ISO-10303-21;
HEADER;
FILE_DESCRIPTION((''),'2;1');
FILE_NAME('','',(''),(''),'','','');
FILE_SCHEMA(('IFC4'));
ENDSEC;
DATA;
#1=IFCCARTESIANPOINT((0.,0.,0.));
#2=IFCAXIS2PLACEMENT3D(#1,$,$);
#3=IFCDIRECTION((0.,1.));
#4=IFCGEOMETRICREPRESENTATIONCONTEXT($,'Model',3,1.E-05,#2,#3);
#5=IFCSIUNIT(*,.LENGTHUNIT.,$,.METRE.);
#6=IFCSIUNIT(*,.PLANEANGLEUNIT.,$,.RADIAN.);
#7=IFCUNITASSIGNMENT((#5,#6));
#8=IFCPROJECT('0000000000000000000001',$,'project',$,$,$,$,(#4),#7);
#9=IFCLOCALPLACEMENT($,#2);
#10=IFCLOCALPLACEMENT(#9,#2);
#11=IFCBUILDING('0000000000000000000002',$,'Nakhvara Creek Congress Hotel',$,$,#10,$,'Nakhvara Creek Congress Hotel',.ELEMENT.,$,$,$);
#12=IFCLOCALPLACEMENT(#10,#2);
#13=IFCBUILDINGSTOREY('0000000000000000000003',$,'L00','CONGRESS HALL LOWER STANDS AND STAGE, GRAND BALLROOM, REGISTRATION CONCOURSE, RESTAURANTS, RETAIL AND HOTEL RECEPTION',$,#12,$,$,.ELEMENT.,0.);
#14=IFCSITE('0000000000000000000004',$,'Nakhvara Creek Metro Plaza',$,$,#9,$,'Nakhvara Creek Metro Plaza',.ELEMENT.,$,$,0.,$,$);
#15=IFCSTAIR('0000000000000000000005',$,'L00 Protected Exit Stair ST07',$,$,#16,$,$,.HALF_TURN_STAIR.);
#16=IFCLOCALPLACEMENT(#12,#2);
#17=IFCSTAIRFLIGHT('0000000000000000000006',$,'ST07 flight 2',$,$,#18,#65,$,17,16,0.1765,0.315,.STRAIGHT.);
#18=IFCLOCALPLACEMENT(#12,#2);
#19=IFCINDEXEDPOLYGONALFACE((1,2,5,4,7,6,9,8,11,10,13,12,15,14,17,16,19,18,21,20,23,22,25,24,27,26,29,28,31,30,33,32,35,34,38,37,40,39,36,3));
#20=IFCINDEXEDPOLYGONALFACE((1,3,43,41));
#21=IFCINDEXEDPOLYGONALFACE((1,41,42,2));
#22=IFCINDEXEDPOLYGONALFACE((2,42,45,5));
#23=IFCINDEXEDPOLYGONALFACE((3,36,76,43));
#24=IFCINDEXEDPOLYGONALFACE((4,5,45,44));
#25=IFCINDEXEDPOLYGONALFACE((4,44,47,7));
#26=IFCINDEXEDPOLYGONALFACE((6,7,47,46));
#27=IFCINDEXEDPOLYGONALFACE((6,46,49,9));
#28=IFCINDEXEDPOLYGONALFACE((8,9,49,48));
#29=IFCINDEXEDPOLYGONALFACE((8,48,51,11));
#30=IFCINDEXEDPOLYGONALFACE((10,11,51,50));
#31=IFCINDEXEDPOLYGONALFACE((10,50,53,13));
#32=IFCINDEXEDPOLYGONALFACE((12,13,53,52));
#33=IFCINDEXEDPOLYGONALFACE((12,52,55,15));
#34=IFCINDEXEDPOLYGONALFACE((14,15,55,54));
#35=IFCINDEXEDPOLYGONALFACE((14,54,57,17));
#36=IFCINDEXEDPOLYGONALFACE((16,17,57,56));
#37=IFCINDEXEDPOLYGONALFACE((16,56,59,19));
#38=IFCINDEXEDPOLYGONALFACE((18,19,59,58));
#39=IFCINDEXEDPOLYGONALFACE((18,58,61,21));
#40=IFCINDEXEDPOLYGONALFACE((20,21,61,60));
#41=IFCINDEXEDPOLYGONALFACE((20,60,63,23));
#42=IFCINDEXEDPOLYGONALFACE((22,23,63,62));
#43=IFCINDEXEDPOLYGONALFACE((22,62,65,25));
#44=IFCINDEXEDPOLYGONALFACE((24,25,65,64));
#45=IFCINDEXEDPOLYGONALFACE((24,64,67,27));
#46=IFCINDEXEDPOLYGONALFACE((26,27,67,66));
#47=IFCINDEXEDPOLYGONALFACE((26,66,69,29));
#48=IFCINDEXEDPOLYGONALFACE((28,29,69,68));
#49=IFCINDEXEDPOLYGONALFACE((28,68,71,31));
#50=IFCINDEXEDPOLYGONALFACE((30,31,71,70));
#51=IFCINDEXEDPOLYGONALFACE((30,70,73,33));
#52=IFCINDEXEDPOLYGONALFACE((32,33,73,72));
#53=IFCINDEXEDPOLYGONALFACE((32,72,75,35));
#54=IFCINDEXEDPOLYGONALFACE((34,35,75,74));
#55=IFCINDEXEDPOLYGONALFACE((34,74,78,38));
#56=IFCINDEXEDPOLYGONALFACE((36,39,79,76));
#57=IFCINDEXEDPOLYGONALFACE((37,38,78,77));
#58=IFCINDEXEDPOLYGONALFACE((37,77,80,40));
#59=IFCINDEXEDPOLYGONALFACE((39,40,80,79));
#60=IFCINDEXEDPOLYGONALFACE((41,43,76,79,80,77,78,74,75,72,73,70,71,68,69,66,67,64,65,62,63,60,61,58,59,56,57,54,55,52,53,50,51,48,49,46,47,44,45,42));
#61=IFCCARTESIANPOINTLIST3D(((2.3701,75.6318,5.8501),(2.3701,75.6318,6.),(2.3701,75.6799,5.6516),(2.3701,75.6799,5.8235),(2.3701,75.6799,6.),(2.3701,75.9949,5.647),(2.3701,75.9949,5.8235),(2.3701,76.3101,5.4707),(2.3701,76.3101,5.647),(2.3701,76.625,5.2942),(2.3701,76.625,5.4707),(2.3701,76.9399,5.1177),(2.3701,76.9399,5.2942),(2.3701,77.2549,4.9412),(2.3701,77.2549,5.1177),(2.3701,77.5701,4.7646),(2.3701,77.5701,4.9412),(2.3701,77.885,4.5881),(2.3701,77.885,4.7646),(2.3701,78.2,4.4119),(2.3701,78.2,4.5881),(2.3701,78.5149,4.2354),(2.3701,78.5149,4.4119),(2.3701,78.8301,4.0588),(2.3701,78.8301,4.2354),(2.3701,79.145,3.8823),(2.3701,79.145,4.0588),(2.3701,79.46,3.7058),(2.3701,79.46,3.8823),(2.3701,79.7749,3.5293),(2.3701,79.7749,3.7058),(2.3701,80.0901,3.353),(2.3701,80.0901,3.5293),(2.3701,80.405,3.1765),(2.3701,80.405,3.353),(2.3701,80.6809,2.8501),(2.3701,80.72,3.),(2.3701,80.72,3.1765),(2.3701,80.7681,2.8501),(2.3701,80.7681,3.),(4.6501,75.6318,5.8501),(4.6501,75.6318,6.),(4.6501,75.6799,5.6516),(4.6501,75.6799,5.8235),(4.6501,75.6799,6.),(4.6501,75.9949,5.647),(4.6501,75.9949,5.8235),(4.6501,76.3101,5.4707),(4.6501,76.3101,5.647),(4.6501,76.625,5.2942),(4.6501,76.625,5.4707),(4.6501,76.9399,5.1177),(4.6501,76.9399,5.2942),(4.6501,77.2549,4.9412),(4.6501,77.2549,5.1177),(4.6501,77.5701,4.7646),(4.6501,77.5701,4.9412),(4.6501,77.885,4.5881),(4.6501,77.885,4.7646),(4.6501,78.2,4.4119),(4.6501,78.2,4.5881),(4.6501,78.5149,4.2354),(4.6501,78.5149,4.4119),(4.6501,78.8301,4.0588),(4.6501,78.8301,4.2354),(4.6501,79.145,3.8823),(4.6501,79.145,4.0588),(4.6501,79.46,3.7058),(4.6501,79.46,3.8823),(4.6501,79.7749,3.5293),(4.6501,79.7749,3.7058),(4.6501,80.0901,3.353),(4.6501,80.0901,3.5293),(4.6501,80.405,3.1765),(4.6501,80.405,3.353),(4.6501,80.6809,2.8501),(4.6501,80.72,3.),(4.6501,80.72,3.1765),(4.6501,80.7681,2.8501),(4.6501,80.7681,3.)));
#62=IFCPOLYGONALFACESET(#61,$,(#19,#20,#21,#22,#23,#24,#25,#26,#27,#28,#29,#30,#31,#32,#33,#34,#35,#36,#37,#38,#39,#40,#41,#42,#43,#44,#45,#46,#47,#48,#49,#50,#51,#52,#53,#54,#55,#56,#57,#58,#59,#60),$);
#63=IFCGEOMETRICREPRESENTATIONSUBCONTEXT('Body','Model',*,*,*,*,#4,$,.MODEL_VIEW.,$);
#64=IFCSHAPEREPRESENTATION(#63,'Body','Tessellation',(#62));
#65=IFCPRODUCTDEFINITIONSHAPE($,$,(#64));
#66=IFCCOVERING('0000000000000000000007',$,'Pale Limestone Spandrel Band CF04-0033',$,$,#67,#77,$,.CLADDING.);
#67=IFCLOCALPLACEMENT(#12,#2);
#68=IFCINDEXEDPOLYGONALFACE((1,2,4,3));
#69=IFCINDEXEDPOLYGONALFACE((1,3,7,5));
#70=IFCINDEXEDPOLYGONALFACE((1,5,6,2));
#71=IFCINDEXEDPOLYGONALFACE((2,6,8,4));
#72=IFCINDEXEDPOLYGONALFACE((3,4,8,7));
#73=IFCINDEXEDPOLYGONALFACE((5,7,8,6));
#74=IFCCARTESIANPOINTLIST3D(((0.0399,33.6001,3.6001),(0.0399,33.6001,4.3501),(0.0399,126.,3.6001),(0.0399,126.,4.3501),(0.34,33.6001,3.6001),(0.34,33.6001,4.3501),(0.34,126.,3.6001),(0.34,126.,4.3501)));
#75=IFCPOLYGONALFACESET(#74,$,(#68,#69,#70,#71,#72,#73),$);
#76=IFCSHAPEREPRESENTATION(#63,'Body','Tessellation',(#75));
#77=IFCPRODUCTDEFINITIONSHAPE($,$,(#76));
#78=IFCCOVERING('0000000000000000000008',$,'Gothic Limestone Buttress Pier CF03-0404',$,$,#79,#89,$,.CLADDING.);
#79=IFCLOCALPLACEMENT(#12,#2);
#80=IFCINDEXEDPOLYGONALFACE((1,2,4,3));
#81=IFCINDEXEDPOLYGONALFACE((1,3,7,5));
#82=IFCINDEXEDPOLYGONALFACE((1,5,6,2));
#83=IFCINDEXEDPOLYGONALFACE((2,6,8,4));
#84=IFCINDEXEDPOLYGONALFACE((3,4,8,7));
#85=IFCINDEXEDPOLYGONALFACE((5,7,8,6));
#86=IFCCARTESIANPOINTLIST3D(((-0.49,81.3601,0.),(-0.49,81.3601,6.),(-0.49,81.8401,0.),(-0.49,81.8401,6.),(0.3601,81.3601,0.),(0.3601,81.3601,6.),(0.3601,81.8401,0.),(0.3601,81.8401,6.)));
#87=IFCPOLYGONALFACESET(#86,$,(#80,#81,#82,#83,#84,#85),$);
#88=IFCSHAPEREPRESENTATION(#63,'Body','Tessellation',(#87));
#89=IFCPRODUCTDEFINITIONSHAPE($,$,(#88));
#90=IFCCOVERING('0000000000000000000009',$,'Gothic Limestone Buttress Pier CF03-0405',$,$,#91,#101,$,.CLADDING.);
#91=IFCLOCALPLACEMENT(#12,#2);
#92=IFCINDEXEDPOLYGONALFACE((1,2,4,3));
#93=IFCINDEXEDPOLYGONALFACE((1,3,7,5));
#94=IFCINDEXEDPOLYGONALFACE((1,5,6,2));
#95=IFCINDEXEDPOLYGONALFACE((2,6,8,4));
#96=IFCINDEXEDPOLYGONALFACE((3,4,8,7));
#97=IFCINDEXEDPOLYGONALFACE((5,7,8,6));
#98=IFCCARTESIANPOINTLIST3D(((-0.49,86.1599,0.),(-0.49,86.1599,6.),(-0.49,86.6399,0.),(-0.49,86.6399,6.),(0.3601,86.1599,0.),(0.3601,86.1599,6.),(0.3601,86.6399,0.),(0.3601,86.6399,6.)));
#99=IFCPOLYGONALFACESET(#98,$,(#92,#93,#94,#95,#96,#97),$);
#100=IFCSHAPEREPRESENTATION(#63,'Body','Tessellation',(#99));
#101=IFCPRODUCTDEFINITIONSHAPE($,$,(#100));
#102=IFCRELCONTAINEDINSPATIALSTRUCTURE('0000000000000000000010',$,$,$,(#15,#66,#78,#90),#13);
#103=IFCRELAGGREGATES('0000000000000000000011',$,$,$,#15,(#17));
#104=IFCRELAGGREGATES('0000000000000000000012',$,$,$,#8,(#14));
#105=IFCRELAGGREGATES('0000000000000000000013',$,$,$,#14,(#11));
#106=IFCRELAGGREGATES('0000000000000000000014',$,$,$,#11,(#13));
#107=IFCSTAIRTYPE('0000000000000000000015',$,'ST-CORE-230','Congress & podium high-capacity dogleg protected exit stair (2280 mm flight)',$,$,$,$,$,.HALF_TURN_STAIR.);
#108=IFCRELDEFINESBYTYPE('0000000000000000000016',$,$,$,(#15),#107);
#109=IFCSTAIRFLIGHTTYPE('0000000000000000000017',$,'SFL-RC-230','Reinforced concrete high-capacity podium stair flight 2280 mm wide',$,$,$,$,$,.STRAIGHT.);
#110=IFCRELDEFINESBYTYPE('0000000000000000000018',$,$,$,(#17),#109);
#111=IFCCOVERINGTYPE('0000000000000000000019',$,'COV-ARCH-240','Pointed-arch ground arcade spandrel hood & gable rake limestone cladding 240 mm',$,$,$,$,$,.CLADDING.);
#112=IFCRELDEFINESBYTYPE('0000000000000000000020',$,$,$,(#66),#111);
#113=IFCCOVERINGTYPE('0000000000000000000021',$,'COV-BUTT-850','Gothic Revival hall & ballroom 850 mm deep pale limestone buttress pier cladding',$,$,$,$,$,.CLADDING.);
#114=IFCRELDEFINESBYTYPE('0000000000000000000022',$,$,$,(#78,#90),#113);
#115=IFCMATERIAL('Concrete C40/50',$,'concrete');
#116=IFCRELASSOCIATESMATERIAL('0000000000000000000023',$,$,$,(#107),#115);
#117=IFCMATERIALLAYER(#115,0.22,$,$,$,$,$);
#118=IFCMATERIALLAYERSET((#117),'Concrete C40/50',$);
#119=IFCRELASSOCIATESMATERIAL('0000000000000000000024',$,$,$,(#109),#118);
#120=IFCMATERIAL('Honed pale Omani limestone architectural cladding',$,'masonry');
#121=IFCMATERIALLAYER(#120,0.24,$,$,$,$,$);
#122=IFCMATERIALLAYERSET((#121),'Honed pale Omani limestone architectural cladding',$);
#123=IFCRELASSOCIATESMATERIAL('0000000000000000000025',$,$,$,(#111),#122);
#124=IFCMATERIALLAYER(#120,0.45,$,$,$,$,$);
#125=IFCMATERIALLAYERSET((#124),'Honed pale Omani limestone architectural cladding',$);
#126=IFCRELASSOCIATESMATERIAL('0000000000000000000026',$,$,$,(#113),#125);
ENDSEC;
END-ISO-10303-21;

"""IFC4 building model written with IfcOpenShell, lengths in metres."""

from ifc_helpers import new_model, si_unit, direction, frame, origin, origin_2d, place, context, subcontext, project, spatial, polyline, rectangle, outline, extrude, material, layer, layer_set, type_object, element, aggregate, save


model = new_model("IFC4")

# Units and contexts
model_context = context("Model", 3, precision=1e-05, world=origin(), true_north=direction((0.0, 1.0)))
body_context = subcontext(model_context, "Body", "Model", "MODEL_VIEW")
ifc_project = project(units=[si_unit("LENGTHUNIT", "METRE"), si_unit("PLANEANGLEUNIT", "RADIAN")], contexts=[model_context])

# Site, building, storey
site_placement = place(None, origin())
site = spatial("IfcSite", under=ifc_project, at=site_placement, Name="Nakhvara Creek Metro Plaza", LongName="Nakhvara Creek Metro Plaza", CompositionType="ELEMENT", RefElevation=0.0)
building_placement = place(site_placement, origin())
building = spatial("IfcBuilding", under=site, at=building_placement, Name="Nakhvara Creek Congress Hotel", LongName="Nakhvara Creek Congress Hotel", CompositionType="ELEMENT")
storey_placement = place(building_placement, origin())
storey = spatial("IfcBuildingStorey", under=building, at=storey_placement, Name="L00", Description="CONGRESS HALL LOWER STANDS AND STAGE, GRAND BALLROOM, REGISTRATION CONCOURSE, RESTAURANTS, RETAIL AND HOTEL RECEPTION", CompositionType="ELEMENT", Elevation=0.0)

# Shared definitions
ifc_material_1 = material(Name="Concrete C40/50", Category="concrete")

# Stair, stair flight
stair_type = type_object("IfcStairType", Name="ST-CORE-230", Description="Congress & podium high-capacity dogleg protected exit stair (2280 mm flight)", PredefinedType="HALF_TURN_STAIR", material=ifc_material_1)
stair_placement = place(storey_placement, origin())
stair = element("IfcStair", 1, at=stair_placement, inside=storey, type_object=stair_type, Name="L00 Protected Exit Stair ST07", PredefinedType="HALF_TURN_STAIR")
ifc_layer_1 = layer(ifc_material_1, 0.22)
ifc_layer_set_1 = layer_set([ifc_layer_1], Name="Concrete C40/50")
stair_flight_type = type_object("IfcStairFlightType", Name="SFL-RC-230", Description="Reinforced concrete high-capacity podium stair flight 2280 mm wide", PredefinedType="STRAIGHT", material=ifc_layer_set_1)
stair_flight_placement = place(storey_placement, frame((3.51, 80.72, 3.0), z_axis=(0.0, 0.0, 1.0), x_axis=(0.0, -1.0, 0.0)))
stair_flight = element("IfcStairFlight", 2, at=stair_flight_placement, type_object=stair_flight_type, Name="ST07 flight 2", NumberOfRisers=17, NumberOfTreads=16, PredefinedType="STRAIGHT", RiserHeight=0.1765, TreadLength=0.315, context=body_context, shape_type="SweptSolid", body=[
    extrude(outline(polyline([(-0.0481, 0.0), (0.0, 0.0), (0.0, 0.1765), (0.3149, 0.1765), (0.3149, 0.353), (0.6299, 0.353), (0.6299, 0.5293), (0.9451, 0.5293), (0.9451, 0.7058), (1.26, 0.7058), (1.26, 0.8823), (1.575, 0.8823), (1.575, 1.0588), (1.8899, 1.0588), (1.8899, 1.2354), (2.2051, 1.2354), (2.2051, 1.4119), (2.52, 1.4119), (2.52, 1.5881), (2.835, 1.5881), (2.835, 1.7646), (3.1499, 1.7646), (3.1499, 1.9412), (3.4651, 1.9412), (3.4651, 2.1177), (3.78, 2.1177), (3.78, 2.2942), (4.095, 2.2942), (4.095, 2.4707), (4.4099, 2.4707), (4.4099, 2.647), (4.7251, 2.647), (4.7251, 2.8235), (5.04, 2.8235), (5.04, 3.0), (5.0881, 3.0), (5.0881, 2.8501), (5.04, 2.6516), (0.0391, -0.1499), (-0.0481, -0.1499), (-0.0481, 0.0)])), frame((0.0, 1.1401, 0.0), z_axis=(0.0, -1.0, 0.0), x_axis=(1.0, 0.0, 0.0)), (0.0, 0.0, 1.0), 2.28),
])
aggregate(stair, [stair_flight])

# Coverings
ifc_material_2 = material(Name="Honed pale Omani limestone architectural cladding", Category="masonry")
ifc_layer_2 = layer(ifc_material_2, 0.24)
ifc_layer_set_2 = layer_set([ifc_layer_2], Name="Honed pale Omani limestone architectural cladding")
covering_type_1 = type_object("IfcCoveringType", Name="COV-ARCH-240", Description="Pointed-arch ground arcade spandrel hood & gable rake limestone cladding 240 mm", PredefinedType="CLADDING", material=ifc_layer_set_2)
covering_placement = place(storey_placement, frame((0.1899, 79.8, 3.6001), z_axis=(0.0, 0.0, 1.0), x_axis=(0.0, 1.0, 0.0)))
element("IfcCovering", 3, at=covering_placement, inside=storey, type_object=covering_type_1, Name="Pale Limestone Spandrel Band CF04-0033", PredefinedType="CLADDING", context=body_context, shape_type="SweptSolid", body=[
    extrude(rectangle(XDim=92.3999, YDim=0.3, at=origin_2d()), origin(), (0.0, 0.0, 1.0), 0.75),
])
ifc_layer_3 = layer(ifc_material_2, 0.45)
ifc_layer_set_3 = layer_set([ifc_layer_3], Name="Honed pale Omani limestone architectural cladding")
covering_type_2 = type_object("IfcCoveringType", Name="COV-BUTT-850", Description="Gothic Revival hall & ballroom 850 mm deep pale limestone buttress pier cladding", PredefinedType="CLADDING", material=ifc_layer_set_3)
for number, where, z_axis, x_axis, name in (
    (4, (-0.0649, 81.6001, 0.0), (0.0, 0.0, 1.0), (0.0, 1.0, 0.0), "Gothic Limestone Buttress Pier CF03-0404"),
    (5, (-0.0649, 86.3999, 0.0), (0.0, 0.0, 1.0), (0.0, 1.0, 0.0), "Gothic Limestone Buttress Pier CF03-0405"),
):
    element("IfcCovering", number, at=place(storey_placement, frame(where, z_axis=z_axis, x_axis=x_axis)), inside=storey, type_object=covering_type_2, Name=name, PredefinedType="CLADDING", context=body_context, shape_type="SweptSolid", body=[
        extrude(rectangle(XDim=0.48, YDim=0.8501, at=origin_2d()), origin(), (0.0, 0.0, 1.0), 6.0),
    ])

save(model, "model.ifc")
